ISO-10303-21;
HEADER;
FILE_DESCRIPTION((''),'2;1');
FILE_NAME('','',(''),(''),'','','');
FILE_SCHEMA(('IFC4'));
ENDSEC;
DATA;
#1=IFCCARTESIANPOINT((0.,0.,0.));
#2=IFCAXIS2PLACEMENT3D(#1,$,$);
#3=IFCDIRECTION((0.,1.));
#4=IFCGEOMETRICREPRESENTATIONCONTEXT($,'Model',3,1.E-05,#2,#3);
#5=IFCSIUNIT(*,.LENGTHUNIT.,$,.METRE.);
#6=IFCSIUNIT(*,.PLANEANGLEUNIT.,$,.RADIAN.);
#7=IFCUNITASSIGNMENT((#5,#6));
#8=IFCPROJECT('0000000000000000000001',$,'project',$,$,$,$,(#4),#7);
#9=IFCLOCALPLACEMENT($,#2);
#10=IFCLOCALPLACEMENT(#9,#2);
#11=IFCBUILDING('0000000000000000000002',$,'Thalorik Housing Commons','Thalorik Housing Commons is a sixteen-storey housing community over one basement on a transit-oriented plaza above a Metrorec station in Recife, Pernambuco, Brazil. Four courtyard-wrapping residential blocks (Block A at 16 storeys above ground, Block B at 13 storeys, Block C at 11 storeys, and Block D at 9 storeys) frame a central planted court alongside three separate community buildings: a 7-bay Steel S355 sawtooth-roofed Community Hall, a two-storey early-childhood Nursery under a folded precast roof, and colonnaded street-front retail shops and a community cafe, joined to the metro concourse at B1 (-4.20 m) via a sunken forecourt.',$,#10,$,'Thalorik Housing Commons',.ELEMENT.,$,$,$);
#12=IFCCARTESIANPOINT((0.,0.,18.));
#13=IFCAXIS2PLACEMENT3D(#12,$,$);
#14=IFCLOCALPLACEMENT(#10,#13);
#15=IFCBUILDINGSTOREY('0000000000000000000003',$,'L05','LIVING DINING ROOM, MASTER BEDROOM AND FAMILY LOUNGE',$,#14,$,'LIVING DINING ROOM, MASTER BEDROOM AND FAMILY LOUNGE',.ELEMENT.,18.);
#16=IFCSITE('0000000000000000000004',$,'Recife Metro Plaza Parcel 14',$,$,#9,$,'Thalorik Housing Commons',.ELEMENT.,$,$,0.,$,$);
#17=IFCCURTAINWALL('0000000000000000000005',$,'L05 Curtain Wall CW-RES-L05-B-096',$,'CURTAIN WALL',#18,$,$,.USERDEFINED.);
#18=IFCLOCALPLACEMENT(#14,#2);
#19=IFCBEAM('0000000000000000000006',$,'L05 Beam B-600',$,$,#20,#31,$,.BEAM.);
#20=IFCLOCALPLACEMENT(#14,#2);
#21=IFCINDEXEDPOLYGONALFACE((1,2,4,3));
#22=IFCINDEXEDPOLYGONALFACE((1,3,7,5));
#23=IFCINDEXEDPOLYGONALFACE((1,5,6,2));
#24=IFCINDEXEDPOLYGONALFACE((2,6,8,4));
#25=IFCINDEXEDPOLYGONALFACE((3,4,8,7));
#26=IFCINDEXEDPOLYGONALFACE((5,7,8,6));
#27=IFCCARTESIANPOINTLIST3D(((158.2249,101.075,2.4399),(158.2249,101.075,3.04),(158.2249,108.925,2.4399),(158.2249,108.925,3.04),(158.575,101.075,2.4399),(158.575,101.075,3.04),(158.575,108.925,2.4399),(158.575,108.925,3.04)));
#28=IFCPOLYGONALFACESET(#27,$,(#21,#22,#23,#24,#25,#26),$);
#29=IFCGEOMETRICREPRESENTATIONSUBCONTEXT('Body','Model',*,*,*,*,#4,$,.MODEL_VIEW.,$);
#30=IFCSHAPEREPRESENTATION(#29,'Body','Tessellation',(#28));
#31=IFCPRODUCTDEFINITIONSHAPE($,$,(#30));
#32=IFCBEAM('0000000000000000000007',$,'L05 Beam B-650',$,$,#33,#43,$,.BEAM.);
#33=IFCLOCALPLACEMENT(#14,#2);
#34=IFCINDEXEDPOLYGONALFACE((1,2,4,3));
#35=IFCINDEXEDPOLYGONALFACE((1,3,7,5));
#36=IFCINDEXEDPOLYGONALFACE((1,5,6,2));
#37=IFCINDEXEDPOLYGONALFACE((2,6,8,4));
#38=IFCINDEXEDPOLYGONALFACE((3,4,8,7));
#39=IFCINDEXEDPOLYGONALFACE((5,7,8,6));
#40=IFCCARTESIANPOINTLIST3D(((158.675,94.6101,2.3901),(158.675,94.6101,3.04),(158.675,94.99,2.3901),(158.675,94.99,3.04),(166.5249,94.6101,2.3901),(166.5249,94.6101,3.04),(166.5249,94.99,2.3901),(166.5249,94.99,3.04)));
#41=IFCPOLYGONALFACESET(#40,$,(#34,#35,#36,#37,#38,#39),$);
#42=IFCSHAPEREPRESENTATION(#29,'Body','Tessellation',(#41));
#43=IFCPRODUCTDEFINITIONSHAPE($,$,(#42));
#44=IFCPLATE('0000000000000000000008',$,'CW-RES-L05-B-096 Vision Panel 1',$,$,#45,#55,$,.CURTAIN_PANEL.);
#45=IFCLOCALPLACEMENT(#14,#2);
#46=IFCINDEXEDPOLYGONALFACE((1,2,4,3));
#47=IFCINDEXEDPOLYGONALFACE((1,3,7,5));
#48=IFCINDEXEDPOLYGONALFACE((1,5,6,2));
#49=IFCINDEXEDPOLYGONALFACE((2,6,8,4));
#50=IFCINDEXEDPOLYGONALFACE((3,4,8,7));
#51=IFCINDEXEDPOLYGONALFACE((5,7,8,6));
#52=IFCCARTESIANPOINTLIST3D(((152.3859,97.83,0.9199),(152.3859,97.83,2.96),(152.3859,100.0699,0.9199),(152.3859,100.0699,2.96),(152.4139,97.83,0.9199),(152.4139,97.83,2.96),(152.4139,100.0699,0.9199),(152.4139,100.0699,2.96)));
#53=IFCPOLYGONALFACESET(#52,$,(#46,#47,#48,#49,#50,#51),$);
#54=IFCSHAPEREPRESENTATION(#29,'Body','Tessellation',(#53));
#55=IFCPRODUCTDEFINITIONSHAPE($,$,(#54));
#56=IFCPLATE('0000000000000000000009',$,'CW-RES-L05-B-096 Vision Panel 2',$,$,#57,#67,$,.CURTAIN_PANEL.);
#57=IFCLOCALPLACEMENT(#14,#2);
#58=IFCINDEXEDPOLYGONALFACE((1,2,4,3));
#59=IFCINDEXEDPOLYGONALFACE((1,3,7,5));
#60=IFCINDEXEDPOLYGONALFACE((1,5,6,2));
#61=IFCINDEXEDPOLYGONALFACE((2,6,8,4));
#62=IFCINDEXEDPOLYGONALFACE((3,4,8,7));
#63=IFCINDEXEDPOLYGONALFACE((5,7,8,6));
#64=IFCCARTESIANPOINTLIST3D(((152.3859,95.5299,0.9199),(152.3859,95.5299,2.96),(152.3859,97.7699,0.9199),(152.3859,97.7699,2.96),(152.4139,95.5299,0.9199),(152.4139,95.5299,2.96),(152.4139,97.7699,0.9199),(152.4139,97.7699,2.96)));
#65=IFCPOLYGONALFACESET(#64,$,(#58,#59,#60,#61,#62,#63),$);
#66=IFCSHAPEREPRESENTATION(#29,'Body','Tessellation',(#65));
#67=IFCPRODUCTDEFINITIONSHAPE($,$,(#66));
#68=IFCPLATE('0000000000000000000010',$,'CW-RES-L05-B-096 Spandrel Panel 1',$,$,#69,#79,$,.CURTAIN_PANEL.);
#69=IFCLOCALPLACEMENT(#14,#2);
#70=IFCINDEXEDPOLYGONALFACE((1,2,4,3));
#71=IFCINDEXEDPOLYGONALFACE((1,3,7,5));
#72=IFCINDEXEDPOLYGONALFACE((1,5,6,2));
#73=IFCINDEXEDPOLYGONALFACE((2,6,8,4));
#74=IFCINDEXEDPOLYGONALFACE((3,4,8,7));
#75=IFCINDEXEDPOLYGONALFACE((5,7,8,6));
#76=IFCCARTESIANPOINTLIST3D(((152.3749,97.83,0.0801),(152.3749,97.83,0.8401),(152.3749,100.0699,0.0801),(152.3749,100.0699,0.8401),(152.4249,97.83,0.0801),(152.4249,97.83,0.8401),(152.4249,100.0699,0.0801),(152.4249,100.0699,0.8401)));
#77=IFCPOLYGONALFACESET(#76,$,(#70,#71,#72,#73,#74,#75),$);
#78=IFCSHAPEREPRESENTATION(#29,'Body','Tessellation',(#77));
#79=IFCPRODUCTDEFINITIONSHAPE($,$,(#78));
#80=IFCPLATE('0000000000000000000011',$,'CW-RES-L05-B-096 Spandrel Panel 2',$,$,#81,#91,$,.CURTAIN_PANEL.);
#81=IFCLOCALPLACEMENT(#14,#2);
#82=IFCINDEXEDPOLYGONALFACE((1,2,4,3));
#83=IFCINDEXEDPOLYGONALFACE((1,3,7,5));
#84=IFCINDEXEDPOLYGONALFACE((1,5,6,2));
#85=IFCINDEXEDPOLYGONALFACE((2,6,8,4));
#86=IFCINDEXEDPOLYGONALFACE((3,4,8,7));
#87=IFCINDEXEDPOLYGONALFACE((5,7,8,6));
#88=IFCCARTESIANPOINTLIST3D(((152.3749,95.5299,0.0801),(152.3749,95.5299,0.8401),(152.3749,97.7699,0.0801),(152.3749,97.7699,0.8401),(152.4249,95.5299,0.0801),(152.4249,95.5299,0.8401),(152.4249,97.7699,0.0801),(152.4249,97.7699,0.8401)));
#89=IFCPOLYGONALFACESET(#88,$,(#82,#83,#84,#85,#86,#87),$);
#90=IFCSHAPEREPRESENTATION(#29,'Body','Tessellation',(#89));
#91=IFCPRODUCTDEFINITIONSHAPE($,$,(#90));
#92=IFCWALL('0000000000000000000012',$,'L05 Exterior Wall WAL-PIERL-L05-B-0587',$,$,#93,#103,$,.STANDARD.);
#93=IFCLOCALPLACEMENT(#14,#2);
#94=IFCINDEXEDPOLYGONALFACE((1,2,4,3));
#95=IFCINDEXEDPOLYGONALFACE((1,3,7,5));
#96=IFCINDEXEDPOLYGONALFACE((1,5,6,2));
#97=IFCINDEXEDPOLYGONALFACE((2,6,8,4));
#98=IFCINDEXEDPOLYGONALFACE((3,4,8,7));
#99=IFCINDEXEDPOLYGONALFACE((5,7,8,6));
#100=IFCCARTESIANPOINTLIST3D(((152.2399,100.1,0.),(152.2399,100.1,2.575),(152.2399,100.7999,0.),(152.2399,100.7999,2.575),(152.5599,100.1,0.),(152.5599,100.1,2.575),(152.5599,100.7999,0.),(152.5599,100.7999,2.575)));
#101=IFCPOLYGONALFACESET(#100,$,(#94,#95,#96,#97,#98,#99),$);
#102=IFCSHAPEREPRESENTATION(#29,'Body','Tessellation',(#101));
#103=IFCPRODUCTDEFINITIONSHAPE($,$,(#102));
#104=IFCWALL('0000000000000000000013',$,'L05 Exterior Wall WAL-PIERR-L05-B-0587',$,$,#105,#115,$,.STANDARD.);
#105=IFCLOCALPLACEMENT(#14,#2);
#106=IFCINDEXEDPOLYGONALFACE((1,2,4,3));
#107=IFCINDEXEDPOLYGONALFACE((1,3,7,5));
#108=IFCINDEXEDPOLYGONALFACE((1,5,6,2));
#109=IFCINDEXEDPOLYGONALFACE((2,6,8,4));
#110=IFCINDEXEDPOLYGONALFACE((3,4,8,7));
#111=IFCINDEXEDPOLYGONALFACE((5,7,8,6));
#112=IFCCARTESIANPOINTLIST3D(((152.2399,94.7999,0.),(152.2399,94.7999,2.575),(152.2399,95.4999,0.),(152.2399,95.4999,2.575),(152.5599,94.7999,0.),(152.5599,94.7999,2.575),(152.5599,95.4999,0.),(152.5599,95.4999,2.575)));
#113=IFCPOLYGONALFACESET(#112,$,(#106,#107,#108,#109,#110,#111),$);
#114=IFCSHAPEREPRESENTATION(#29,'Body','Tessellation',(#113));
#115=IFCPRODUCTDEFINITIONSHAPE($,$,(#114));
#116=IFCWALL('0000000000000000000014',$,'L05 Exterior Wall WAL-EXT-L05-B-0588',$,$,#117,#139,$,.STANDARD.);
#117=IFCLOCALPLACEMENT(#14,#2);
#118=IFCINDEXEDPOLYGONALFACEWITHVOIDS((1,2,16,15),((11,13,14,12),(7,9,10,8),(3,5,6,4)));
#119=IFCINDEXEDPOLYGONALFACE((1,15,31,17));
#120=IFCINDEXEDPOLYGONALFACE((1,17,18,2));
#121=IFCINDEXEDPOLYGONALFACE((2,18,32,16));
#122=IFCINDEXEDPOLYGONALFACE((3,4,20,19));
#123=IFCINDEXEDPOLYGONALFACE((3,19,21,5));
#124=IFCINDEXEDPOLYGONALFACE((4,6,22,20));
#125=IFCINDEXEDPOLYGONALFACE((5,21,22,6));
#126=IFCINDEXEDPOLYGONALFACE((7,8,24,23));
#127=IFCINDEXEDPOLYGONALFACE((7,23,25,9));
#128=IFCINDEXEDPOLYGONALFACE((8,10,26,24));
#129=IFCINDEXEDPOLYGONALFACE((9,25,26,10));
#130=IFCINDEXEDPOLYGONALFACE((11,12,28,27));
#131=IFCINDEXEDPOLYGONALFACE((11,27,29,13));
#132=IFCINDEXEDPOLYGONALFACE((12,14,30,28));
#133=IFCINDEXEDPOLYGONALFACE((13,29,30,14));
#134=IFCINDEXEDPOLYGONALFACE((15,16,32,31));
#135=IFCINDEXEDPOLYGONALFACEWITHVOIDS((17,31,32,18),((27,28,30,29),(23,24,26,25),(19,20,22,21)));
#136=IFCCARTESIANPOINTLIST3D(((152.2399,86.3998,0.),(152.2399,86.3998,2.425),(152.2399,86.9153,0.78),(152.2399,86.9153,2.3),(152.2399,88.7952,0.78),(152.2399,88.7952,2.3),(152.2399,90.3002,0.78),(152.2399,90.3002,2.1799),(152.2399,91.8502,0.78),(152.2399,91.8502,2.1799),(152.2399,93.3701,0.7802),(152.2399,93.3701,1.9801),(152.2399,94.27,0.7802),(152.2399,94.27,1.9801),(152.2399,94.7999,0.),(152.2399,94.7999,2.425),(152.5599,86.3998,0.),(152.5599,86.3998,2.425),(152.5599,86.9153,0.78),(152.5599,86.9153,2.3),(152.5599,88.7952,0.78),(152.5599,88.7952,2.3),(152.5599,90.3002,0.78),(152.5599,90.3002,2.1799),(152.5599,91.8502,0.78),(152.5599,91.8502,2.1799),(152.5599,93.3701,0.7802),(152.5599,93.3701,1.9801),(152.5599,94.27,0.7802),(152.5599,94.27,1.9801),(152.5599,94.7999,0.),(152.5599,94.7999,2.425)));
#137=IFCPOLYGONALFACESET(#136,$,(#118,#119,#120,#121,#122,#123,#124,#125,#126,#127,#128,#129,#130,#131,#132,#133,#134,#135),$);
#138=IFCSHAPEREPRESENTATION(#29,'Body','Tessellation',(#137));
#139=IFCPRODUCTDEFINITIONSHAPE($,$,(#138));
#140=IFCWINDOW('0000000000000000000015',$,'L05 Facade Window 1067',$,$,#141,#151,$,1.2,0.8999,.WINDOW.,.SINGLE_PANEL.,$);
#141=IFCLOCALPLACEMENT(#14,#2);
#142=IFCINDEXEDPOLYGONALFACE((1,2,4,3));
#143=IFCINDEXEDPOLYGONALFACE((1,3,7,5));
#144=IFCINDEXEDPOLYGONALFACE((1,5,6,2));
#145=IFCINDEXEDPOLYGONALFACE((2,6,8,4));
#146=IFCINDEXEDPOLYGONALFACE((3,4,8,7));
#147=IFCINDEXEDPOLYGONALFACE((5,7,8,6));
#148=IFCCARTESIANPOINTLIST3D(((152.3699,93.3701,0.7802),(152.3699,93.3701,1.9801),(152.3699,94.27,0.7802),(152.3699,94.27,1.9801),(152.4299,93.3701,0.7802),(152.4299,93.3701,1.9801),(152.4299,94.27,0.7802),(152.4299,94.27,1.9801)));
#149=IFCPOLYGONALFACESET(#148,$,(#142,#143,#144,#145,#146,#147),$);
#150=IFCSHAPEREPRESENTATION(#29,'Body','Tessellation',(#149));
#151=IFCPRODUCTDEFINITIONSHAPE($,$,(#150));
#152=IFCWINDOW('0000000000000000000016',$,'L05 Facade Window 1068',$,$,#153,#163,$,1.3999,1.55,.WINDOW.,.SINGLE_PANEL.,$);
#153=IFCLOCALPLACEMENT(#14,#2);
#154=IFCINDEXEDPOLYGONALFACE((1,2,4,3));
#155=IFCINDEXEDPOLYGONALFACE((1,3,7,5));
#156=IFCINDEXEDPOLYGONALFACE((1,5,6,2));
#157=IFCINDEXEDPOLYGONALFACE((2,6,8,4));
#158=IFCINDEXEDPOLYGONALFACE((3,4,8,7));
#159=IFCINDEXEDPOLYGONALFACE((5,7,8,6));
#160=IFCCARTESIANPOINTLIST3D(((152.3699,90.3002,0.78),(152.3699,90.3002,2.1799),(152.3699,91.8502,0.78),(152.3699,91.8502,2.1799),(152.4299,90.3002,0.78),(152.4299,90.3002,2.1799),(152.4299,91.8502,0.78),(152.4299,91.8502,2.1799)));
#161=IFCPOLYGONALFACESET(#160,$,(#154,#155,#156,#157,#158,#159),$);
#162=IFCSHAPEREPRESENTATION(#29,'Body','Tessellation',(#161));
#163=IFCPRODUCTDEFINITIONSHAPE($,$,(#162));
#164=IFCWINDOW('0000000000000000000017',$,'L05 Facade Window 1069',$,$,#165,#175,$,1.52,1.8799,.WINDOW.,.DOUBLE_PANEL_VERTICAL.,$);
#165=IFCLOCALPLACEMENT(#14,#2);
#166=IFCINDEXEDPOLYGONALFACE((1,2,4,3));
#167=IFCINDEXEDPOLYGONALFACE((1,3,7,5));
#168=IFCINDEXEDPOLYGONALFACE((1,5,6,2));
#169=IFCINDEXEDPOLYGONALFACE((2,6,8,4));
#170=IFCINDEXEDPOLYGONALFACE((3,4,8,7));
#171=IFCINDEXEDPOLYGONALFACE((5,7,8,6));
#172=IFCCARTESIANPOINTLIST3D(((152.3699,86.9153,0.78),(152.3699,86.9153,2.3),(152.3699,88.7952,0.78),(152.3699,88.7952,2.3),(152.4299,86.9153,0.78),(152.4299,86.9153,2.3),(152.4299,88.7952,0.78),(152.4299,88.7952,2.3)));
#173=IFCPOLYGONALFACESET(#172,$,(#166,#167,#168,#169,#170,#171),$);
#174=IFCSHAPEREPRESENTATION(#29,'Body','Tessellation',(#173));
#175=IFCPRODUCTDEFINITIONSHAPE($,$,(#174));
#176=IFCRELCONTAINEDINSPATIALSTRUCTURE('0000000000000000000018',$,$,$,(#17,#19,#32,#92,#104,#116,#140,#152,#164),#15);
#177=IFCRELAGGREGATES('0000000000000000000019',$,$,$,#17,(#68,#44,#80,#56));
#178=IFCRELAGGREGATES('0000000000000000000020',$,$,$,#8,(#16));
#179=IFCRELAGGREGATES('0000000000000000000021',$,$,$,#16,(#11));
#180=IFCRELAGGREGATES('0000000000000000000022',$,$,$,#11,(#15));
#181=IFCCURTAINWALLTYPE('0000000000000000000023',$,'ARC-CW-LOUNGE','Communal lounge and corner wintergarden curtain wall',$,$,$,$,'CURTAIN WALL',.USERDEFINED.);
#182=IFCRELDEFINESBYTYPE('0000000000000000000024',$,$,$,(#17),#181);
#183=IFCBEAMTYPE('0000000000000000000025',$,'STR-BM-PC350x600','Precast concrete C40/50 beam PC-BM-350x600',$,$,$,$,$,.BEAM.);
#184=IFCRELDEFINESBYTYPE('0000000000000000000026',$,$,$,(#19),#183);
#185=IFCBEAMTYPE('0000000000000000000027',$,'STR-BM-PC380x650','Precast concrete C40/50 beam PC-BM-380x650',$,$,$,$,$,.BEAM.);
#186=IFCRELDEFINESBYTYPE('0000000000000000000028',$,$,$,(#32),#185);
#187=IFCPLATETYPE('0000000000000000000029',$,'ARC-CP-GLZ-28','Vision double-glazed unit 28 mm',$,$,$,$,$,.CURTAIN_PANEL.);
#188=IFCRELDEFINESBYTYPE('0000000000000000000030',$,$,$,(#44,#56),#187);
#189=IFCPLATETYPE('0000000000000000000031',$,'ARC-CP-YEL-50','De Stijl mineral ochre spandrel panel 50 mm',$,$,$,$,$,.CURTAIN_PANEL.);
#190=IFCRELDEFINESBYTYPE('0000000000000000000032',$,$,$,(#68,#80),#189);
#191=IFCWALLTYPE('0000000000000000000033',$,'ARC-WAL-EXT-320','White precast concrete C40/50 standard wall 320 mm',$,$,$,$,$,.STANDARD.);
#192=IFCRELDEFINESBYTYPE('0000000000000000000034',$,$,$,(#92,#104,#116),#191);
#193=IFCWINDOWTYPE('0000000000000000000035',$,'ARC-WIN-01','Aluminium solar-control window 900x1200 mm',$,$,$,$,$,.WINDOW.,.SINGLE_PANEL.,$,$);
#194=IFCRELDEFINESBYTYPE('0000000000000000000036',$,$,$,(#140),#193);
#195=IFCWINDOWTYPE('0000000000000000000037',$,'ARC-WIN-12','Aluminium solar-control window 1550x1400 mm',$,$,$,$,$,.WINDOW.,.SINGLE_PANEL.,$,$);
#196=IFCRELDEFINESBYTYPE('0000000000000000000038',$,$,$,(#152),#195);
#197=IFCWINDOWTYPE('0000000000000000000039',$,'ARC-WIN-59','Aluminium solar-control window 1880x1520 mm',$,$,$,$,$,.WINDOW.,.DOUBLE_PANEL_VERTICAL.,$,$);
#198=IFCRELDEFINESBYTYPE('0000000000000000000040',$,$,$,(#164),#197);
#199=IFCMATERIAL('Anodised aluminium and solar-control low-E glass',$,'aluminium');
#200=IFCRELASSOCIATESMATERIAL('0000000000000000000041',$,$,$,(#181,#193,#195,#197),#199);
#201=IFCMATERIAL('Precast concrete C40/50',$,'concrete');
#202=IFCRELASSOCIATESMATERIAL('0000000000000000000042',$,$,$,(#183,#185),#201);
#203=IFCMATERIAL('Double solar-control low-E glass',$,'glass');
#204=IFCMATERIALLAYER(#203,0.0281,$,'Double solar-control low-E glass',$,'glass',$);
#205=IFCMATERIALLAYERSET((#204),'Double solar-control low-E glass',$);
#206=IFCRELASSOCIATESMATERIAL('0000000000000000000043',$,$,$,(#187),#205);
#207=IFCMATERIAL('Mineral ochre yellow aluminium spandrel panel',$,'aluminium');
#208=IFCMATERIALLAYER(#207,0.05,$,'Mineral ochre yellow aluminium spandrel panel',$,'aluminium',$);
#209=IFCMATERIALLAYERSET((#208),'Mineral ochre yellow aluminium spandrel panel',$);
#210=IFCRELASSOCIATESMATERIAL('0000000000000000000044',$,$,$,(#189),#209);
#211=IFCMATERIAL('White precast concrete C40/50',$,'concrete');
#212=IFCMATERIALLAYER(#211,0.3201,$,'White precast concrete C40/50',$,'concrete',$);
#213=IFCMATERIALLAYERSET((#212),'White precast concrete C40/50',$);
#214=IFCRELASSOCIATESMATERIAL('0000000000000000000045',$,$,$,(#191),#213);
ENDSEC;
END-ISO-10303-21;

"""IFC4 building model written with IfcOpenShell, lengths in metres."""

from ifc_helpers import new_model, si_unit, direction, frame, frame_2d, origin, origin_2d, place, context, subcontext, project, spatial, rectangle, extrude, material, layer, layer_set, material_profile, profile_set, type_object, element, fill, aggregate, save


model = new_model("IFC4")

# Units and contexts
model_context = context("Model", 3, precision=1e-05, world=origin(), true_north=direction((0.0, 1.0)))
body_context = subcontext(model_context, "Body", "Model", "MODEL_VIEW")
ifc_project = project(units=[si_unit("LENGTHUNIT", "METRE"), si_unit("PLANEANGLEUNIT", "RADIAN")], contexts=[model_context])

# Site, building, storey
site_placement = place(None, origin())
site = spatial("IfcSite", under=ifc_project, at=site_placement, Name="Recife Metro Plaza Parcel 14", LongName="Thalorik Housing Commons", CompositionType="ELEMENT", RefElevation=0.0)
building_placement = place(site_placement, origin())
building = spatial("IfcBuilding", under=site, at=building_placement, Name="Thalorik Housing Commons", Description="Thalorik Housing Commons is a sixteen-storey housing community over one basement on a transit-oriented plaza above a Metrorec station in Recife, Pernambuco, Brazil. Four courtyard-wrapping residential blocks (Block A at 16 storeys above ground, Block B at 13 storeys, Block C at 11 storeys, and Block D at 9 storeys) frame a central planted court alongside three separate community buildings: a 7-bay Steel S355 sawtooth-roofed Community Hall, a two-storey early-childhood Nursery under a folded precast roof, and colonnaded street-front retail shops and a community cafe, joined to the metro concourse at B1 (-4.20 m) via a sunken forecourt.", LongName="Thalorik Housing Commons", CompositionType="ELEMENT")
storey_placement = place(building_placement, frame((0.0, 0.0, 18.0)))
storey = spatial("IfcBuildingStorey", under=building, at=storey_placement, Name="L05", Description="LIVING DINING ROOM, MASTER BEDROOM AND FAMILY LOUNGE", LongName="LIVING DINING ROOM, MASTER BEDROOM AND FAMILY LOUNGE", CompositionType="ELEMENT", Elevation=18.0)

# Shared definitions
ifc_material_1 = material(Name="Precast concrete C40/50", Category="concrete")

# Curtain wall
ifc_material_2 = material(Name="Anodised aluminium and solar-control low-E glass", Category="aluminium")
curtain_wall_type = type_object("IfcCurtainWallType", Name="ARC-CW-LOUNGE", Description="Communal lounge and corner wintergarden curtain wall", ElementType="CURTAIN WALL", PredefinedType="USERDEFINED", material=ifc_material_2)
curtain_wall_placement = place(storey_placement, origin())
curtain_wall = element("IfcCurtainWall", 1, at=curtain_wall_placement, inside=storey, type_object=curtain_wall_type, Name="L05 Curtain Wall CW-RES-L05-B-096", ObjectType="CURTAIN WALL", PredefinedType="USERDEFINED")

# Beams
ifc_material_profile_1 = material_profile(ifc_material_1, rectangle(XDim=0.3501, YDim=0.6001, at=origin_2d()), Name="PC 350x600", Category="concrete")
ifc_profile_set_1 = profile_set([ifc_material_profile_1], Name="Precast concrete C40/50")
beam_type_1 = type_object("IfcBeamType", Name="STR-BM-PC350x600", Description="Precast concrete C40/50 beam PC-BM-350x600", PredefinedType="BEAM", material=ifc_profile_set_1)
for number, where, z_axis, x_axis, name in (
    (2, (158.3999, 101.075, 2.74), (0.0, 1.0, 0.0), (-1.0, 0.0, 0.0), "L05 Beam B-600"),
):
    element("IfcBeam", number, at=place(storey_placement, frame(where, z_axis=z_axis, x_axis=x_axis)), inside=storey, type_object=beam_type_1, Name=name, PredefinedType="BEAM", context=body_context, shape_type="SweptSolid", body=[
        extrude(rectangle(XDim=0.3501, YDim=0.6001, at=origin_2d()), origin(), (0.0, 0.0, 1.0), 7.8501),
    ])
ifc_material_profile_2 = material_profile(ifc_material_1, rectangle(XDim=0.3799, YDim=0.6499, at=origin_2d()), Name="PC 380x650", Category="concrete")
ifc_profile_set_2 = profile_set([ifc_material_profile_2], Name="Precast concrete C40/50")
beam_type_2 = type_object("IfcBeamType", Name="STR-BM-PC380x650", Description="Precast concrete C40/50 beam PC-BM-380x650", PredefinedType="BEAM", material=ifc_profile_set_2)
beam_placement = place(storey_placement, frame((158.675, 94.8, 2.7151), z_axis=(1.0, 0.0, 0.0), x_axis=(0.0, 1.0, 0.0)))
element("IfcBeam", 3, at=beam_placement, inside=storey, type_object=beam_type_2, Name="L05 Beam B-650", PredefinedType="BEAM", context=body_context, shape_type="SweptSolid", body=[
    extrude(rectangle(XDim=0.3799, YDim=0.6499, at=origin_2d()), origin(), (0.0, 0.0, 1.0), 7.8499),
])

# Plates
ifc_material_3 = material(Name="Double solar-control low-E glass", Category="glass")
ifc_layer_1 = layer(ifc_material_3, 0.0281, Name="Double solar-control low-E glass", Category="glass")
ifc_layer_set_1 = layer_set([ifc_layer_1], Name="Double solar-control low-E glass")
plate_type_1 = type_object("IfcPlateType", Name="ARC-CP-GLZ-28", Description="Vision double-glazed unit 28 mm", PredefinedType="CURTAIN_PANEL", material=ifc_layer_set_1)
plate_1_placement = place(storey_placement, frame((152.3999, 98.95, 0.9199), z_axis=(0.0, 0.0, 1.0), x_axis=(0.0, -1.0, 0.0)))
plate_1 = element("IfcPlate", 4, at=plate_1_placement, type_object=plate_type_1, Name="CW-RES-L05-B-096 Vision Panel 1", PredefinedType="CURTAIN_PANEL", context=body_context, shape_type="SweptSolid", body=[
    extrude(rectangle(XDim=2.24, YDim=0.0281, at=origin_2d()), origin(), (0.0, 0.0, 1.0), 2.04),
])
plate_2_placement = place(storey_placement, frame((152.3999, 96.6499, 0.9199), z_axis=(0.0, 0.0, 1.0), x_axis=(0.0, -1.0, 0.0)))
plate_2 = element("IfcPlate", 5, at=plate_2_placement, type_object=plate_type_1, Name="CW-RES-L05-B-096 Vision Panel 2", PredefinedType="CURTAIN_PANEL", context=body_context, shape_type="SweptSolid", body=[
    extrude(rectangle(XDim=2.24, YDim=0.0281, at=origin_2d()), origin(), (0.0, 0.0, 1.0), 2.04),
])
ifc_material_4 = material(Name="Mineral ochre yellow aluminium spandrel panel", Category="aluminium")
ifc_layer_2 = layer(ifc_material_4, 0.05, Name="Mineral ochre yellow aluminium spandrel panel", Category="aluminium")
ifc_layer_set_2 = layer_set([ifc_layer_2], Name="Mineral ochre yellow aluminium spandrel panel")
plate_type_2 = type_object("IfcPlateType", Name="ARC-CP-YEL-50", Description="De Stijl mineral ochre spandrel panel 50 mm", PredefinedType="CURTAIN_PANEL", material=ifc_layer_set_2)
plate_3_placement = place(storey_placement, frame((152.3999, 98.95, 0.0801), z_axis=(0.0, 0.0, 1.0), x_axis=(0.0, -1.0, 0.0)))
plate_3 = element("IfcPlate", 6, at=plate_3_placement, type_object=plate_type_2, Name="CW-RES-L05-B-096 Spandrel Panel 1", PredefinedType="CURTAIN_PANEL", context=body_context, shape_type="SweptSolid", body=[
    extrude(rectangle(XDim=2.24, YDim=0.05, at=origin_2d()), origin(), (0.0, 0.0, 1.0), 0.76),
])
plate_4_placement = place(storey_placement, frame((152.3999, 96.6499, 0.0801), z_axis=(0.0, 0.0, 1.0), x_axis=(0.0, -1.0, 0.0)))
plate_4 = element("IfcPlate", 7, at=plate_4_placement, type_object=plate_type_2, Name="CW-RES-L05-B-096 Spandrel Panel 2", PredefinedType="CURTAIN_PANEL", context=body_context, shape_type="SweptSolid", body=[
    extrude(rectangle(XDim=2.24, YDim=0.05, at=origin_2d()), origin(), (0.0, 0.0, 1.0), 0.76),
])
aggregate(curtain_wall, [plate_3, plate_1, plate_4, plate_2])

# Walls
ifc_material_5 = material(Name="White precast concrete C40/50", Category="concrete")
ifc_layer_3 = layer(ifc_material_5, 0.3201, Name="White precast concrete C40/50", Category="concrete")
ifc_layer_set_3 = layer_set([ifc_layer_3], Name="White precast concrete C40/50")
wall_type_1 = type_object("IfcWallType", Name="ARC-WAL-EXT-320", Description="White precast concrete C40/50 standard wall 320 mm", PredefinedType="STANDARD", material=ifc_layer_set_3)
for number, where, z_axis, x_axis, name in (
    (8, (152.3999, 100.8, 0.0), (0.0, 0.0, 1.0), (0.0, -1.0, 0.0), "L05 Exterior Wall WAL-PIERL-L05-B-0587"),
    (9, (152.3999, 95.5, 0.0), (0.0, 0.0, 1.0), (0.0, -1.0, 0.0), "L05 Exterior Wall WAL-PIERR-L05-B-0587"),
):
    element("IfcWall", number, at=place(storey_placement, frame(where, z_axis=z_axis, x_axis=x_axis)), inside=storey, type_object=wall_type_1, Name=name, PredefinedType="STANDARD", context=body_context, shape_type="SweptSolid", body=[
        extrude(rectangle(XDim=0.7, YDim=0.3201, at=frame_2d((0.3501, 0.0))), origin(), (0.0, 0.0, 1.0), 2.575),
    ])

# Wall, openings, windows
wall_1_placement = place(storey_placement, frame((152.3999, 94.8, 0.0), z_axis=(0.0, 0.0, 1.0), x_axis=(0.0, -1.0, 0.0)))
wall_1 = element("IfcWall", 10, at=wall_1_placement, inside=storey, type_object=wall_type_1, Name="L05 Exterior Wall WAL-EXT-L05-B-0588", PredefinedType="STANDARD", context=body_context, shape_type="SweptSolid", body=[
    extrude(rectangle(XDim=8.4001, YDim=0.3201, at=frame_2d((4.2002, 0.0))), origin(), (0.0, 0.0, 1.0), 2.425),
])
opening_1_placement = place(wall_1_placement, frame((0.53, 0.0, 0.78)))
opening_1 = element("IfcOpeningElement", 11, at=opening_1_placement, cuts=wall_1, PredefinedType="OPENING", context=body_context, shape_type="SweptSolid", body=[
    extrude(rectangle(XDim=0.8999, YDim=1.2, at=frame_2d((0.45, 0.6001))), frame((0.0, 0.1699, 0.0), z_axis=(0.0, -1.0, 0.0), x_axis=(1.0, 0.0, 0.0)), (0.0, 0.0, 1.0), 0.3401),
])
opening_2_placement = place(wall_1_placement, frame((2.95, 0.0, 0.78)))
opening_2 = element("IfcOpeningElement", 12, at=opening_2_placement, cuts=wall_1, PredefinedType="OPENING", context=body_context, shape_type="SweptSolid", body=[
    extrude(rectangle(XDim=1.55, YDim=1.3999, at=frame_2d((0.7749, 0.7))), frame((0.0, 0.1699, 0.0), z_axis=(0.0, -1.0, 0.0), x_axis=(1.0, 0.0, 0.0)), (0.0, 0.0, 1.0), 0.3401),
])
opening_3_placement = place(wall_1_placement, frame((6.0049, 0.0, 0.78)))
opening_3 = element("IfcOpeningElement", 13, at=opening_3_placement, cuts=wall_1, PredefinedType="OPENING", context=body_context, shape_type="SweptSolid", body=[
    extrude(rectangle(XDim=1.8799, YDim=1.52, at=frame_2d((0.9399, 0.76))), frame((0.0, 0.1699, 0.0), z_axis=(0.0, -1.0, 0.0), x_axis=(1.0, 0.0, 0.0)), (0.0, 0.0, 1.0), 0.3401),
])
window_type_1 = type_object("IfcWindowType", Name="ARC-WIN-01", Description="Aluminium solar-control window 900x1200 mm", PartitioningType="SINGLE_PANEL", PredefinedType="WINDOW", material=ifc_material_2)
window_1_placement = place(opening_1_placement, origin())
window_1 = element("IfcWindow", 14, at=window_1_placement, inside=storey, type_object=window_type_1, Name="L05 Facade Window 1067", OverallHeight=1.2, OverallWidth=0.8999, PartitioningType="SINGLE_PANEL", PredefinedType="WINDOW", context=body_context, shape_type="SweptSolid", body=[
    extrude(rectangle(XDim=0.8999, YDim=1.2, at=frame_2d((0.45, 0.6001))), frame((0.0, 0.03, 0.0), z_axis=(0.0, -1.0, 0.0), x_axis=(1.0, 0.0, 0.0)), (0.0, 0.0, 1.0), 0.0601),
])
fill(opening_1, window_1)
window_type_2 = type_object("IfcWindowType", Name="ARC-WIN-12", Description="Aluminium solar-control window 1550x1400 mm", PartitioningType="SINGLE_PANEL", PredefinedType="WINDOW", material=ifc_material_2)
window_2_placement = place(opening_2_placement, origin())
window_2 = element("IfcWindow", 15, at=window_2_placement, inside=storey, type_object=window_type_2, Name="L05 Facade Window 1068", OverallHeight=1.3999, OverallWidth=1.55, PartitioningType="SINGLE_PANEL", PredefinedType="WINDOW", context=body_context, shape_type="SweptSolid", body=[
    extrude(rectangle(XDim=1.55, YDim=1.3999, at=frame_2d((0.7749, 0.7))), frame((0.0, 0.03, 0.0), z_axis=(0.0, -1.0, 0.0), x_axis=(1.0, 0.0, 0.0)), (0.0, 0.0, 1.0), 0.0601),
])
fill(opening_2, window_2)
window_type_3 = type_object("IfcWindowType", Name="ARC-WIN-59", Description="Aluminium solar-control window 1880x1520 mm", PartitioningType="DOUBLE_PANEL_VERTICAL", PredefinedType="WINDOW", material=ifc_material_2)
window_3_placement = place(opening_3_placement, origin())
window_3 = element("IfcWindow", 16, at=window_3_placement, inside=storey, type_object=window_type_3, Name="L05 Facade Window 1069", OverallHeight=1.52, OverallWidth=1.8799, PartitioningType="DOUBLE_PANEL_VERTICAL", PredefinedType="WINDOW", context=body_context, shape_type="SweptSolid", body=[
    extrude(rectangle(XDim=1.8799, YDim=1.52, at=frame_2d((0.9399, 0.76))), frame((0.0, 0.03, 0.0), z_axis=(0.0, -1.0, 0.0), x_axis=(1.0, 0.0, 0.0)), (0.0, 0.0, 1.0), 0.0601),
])
fill(opening_3, window_3)

save(model, "model.ifc")
